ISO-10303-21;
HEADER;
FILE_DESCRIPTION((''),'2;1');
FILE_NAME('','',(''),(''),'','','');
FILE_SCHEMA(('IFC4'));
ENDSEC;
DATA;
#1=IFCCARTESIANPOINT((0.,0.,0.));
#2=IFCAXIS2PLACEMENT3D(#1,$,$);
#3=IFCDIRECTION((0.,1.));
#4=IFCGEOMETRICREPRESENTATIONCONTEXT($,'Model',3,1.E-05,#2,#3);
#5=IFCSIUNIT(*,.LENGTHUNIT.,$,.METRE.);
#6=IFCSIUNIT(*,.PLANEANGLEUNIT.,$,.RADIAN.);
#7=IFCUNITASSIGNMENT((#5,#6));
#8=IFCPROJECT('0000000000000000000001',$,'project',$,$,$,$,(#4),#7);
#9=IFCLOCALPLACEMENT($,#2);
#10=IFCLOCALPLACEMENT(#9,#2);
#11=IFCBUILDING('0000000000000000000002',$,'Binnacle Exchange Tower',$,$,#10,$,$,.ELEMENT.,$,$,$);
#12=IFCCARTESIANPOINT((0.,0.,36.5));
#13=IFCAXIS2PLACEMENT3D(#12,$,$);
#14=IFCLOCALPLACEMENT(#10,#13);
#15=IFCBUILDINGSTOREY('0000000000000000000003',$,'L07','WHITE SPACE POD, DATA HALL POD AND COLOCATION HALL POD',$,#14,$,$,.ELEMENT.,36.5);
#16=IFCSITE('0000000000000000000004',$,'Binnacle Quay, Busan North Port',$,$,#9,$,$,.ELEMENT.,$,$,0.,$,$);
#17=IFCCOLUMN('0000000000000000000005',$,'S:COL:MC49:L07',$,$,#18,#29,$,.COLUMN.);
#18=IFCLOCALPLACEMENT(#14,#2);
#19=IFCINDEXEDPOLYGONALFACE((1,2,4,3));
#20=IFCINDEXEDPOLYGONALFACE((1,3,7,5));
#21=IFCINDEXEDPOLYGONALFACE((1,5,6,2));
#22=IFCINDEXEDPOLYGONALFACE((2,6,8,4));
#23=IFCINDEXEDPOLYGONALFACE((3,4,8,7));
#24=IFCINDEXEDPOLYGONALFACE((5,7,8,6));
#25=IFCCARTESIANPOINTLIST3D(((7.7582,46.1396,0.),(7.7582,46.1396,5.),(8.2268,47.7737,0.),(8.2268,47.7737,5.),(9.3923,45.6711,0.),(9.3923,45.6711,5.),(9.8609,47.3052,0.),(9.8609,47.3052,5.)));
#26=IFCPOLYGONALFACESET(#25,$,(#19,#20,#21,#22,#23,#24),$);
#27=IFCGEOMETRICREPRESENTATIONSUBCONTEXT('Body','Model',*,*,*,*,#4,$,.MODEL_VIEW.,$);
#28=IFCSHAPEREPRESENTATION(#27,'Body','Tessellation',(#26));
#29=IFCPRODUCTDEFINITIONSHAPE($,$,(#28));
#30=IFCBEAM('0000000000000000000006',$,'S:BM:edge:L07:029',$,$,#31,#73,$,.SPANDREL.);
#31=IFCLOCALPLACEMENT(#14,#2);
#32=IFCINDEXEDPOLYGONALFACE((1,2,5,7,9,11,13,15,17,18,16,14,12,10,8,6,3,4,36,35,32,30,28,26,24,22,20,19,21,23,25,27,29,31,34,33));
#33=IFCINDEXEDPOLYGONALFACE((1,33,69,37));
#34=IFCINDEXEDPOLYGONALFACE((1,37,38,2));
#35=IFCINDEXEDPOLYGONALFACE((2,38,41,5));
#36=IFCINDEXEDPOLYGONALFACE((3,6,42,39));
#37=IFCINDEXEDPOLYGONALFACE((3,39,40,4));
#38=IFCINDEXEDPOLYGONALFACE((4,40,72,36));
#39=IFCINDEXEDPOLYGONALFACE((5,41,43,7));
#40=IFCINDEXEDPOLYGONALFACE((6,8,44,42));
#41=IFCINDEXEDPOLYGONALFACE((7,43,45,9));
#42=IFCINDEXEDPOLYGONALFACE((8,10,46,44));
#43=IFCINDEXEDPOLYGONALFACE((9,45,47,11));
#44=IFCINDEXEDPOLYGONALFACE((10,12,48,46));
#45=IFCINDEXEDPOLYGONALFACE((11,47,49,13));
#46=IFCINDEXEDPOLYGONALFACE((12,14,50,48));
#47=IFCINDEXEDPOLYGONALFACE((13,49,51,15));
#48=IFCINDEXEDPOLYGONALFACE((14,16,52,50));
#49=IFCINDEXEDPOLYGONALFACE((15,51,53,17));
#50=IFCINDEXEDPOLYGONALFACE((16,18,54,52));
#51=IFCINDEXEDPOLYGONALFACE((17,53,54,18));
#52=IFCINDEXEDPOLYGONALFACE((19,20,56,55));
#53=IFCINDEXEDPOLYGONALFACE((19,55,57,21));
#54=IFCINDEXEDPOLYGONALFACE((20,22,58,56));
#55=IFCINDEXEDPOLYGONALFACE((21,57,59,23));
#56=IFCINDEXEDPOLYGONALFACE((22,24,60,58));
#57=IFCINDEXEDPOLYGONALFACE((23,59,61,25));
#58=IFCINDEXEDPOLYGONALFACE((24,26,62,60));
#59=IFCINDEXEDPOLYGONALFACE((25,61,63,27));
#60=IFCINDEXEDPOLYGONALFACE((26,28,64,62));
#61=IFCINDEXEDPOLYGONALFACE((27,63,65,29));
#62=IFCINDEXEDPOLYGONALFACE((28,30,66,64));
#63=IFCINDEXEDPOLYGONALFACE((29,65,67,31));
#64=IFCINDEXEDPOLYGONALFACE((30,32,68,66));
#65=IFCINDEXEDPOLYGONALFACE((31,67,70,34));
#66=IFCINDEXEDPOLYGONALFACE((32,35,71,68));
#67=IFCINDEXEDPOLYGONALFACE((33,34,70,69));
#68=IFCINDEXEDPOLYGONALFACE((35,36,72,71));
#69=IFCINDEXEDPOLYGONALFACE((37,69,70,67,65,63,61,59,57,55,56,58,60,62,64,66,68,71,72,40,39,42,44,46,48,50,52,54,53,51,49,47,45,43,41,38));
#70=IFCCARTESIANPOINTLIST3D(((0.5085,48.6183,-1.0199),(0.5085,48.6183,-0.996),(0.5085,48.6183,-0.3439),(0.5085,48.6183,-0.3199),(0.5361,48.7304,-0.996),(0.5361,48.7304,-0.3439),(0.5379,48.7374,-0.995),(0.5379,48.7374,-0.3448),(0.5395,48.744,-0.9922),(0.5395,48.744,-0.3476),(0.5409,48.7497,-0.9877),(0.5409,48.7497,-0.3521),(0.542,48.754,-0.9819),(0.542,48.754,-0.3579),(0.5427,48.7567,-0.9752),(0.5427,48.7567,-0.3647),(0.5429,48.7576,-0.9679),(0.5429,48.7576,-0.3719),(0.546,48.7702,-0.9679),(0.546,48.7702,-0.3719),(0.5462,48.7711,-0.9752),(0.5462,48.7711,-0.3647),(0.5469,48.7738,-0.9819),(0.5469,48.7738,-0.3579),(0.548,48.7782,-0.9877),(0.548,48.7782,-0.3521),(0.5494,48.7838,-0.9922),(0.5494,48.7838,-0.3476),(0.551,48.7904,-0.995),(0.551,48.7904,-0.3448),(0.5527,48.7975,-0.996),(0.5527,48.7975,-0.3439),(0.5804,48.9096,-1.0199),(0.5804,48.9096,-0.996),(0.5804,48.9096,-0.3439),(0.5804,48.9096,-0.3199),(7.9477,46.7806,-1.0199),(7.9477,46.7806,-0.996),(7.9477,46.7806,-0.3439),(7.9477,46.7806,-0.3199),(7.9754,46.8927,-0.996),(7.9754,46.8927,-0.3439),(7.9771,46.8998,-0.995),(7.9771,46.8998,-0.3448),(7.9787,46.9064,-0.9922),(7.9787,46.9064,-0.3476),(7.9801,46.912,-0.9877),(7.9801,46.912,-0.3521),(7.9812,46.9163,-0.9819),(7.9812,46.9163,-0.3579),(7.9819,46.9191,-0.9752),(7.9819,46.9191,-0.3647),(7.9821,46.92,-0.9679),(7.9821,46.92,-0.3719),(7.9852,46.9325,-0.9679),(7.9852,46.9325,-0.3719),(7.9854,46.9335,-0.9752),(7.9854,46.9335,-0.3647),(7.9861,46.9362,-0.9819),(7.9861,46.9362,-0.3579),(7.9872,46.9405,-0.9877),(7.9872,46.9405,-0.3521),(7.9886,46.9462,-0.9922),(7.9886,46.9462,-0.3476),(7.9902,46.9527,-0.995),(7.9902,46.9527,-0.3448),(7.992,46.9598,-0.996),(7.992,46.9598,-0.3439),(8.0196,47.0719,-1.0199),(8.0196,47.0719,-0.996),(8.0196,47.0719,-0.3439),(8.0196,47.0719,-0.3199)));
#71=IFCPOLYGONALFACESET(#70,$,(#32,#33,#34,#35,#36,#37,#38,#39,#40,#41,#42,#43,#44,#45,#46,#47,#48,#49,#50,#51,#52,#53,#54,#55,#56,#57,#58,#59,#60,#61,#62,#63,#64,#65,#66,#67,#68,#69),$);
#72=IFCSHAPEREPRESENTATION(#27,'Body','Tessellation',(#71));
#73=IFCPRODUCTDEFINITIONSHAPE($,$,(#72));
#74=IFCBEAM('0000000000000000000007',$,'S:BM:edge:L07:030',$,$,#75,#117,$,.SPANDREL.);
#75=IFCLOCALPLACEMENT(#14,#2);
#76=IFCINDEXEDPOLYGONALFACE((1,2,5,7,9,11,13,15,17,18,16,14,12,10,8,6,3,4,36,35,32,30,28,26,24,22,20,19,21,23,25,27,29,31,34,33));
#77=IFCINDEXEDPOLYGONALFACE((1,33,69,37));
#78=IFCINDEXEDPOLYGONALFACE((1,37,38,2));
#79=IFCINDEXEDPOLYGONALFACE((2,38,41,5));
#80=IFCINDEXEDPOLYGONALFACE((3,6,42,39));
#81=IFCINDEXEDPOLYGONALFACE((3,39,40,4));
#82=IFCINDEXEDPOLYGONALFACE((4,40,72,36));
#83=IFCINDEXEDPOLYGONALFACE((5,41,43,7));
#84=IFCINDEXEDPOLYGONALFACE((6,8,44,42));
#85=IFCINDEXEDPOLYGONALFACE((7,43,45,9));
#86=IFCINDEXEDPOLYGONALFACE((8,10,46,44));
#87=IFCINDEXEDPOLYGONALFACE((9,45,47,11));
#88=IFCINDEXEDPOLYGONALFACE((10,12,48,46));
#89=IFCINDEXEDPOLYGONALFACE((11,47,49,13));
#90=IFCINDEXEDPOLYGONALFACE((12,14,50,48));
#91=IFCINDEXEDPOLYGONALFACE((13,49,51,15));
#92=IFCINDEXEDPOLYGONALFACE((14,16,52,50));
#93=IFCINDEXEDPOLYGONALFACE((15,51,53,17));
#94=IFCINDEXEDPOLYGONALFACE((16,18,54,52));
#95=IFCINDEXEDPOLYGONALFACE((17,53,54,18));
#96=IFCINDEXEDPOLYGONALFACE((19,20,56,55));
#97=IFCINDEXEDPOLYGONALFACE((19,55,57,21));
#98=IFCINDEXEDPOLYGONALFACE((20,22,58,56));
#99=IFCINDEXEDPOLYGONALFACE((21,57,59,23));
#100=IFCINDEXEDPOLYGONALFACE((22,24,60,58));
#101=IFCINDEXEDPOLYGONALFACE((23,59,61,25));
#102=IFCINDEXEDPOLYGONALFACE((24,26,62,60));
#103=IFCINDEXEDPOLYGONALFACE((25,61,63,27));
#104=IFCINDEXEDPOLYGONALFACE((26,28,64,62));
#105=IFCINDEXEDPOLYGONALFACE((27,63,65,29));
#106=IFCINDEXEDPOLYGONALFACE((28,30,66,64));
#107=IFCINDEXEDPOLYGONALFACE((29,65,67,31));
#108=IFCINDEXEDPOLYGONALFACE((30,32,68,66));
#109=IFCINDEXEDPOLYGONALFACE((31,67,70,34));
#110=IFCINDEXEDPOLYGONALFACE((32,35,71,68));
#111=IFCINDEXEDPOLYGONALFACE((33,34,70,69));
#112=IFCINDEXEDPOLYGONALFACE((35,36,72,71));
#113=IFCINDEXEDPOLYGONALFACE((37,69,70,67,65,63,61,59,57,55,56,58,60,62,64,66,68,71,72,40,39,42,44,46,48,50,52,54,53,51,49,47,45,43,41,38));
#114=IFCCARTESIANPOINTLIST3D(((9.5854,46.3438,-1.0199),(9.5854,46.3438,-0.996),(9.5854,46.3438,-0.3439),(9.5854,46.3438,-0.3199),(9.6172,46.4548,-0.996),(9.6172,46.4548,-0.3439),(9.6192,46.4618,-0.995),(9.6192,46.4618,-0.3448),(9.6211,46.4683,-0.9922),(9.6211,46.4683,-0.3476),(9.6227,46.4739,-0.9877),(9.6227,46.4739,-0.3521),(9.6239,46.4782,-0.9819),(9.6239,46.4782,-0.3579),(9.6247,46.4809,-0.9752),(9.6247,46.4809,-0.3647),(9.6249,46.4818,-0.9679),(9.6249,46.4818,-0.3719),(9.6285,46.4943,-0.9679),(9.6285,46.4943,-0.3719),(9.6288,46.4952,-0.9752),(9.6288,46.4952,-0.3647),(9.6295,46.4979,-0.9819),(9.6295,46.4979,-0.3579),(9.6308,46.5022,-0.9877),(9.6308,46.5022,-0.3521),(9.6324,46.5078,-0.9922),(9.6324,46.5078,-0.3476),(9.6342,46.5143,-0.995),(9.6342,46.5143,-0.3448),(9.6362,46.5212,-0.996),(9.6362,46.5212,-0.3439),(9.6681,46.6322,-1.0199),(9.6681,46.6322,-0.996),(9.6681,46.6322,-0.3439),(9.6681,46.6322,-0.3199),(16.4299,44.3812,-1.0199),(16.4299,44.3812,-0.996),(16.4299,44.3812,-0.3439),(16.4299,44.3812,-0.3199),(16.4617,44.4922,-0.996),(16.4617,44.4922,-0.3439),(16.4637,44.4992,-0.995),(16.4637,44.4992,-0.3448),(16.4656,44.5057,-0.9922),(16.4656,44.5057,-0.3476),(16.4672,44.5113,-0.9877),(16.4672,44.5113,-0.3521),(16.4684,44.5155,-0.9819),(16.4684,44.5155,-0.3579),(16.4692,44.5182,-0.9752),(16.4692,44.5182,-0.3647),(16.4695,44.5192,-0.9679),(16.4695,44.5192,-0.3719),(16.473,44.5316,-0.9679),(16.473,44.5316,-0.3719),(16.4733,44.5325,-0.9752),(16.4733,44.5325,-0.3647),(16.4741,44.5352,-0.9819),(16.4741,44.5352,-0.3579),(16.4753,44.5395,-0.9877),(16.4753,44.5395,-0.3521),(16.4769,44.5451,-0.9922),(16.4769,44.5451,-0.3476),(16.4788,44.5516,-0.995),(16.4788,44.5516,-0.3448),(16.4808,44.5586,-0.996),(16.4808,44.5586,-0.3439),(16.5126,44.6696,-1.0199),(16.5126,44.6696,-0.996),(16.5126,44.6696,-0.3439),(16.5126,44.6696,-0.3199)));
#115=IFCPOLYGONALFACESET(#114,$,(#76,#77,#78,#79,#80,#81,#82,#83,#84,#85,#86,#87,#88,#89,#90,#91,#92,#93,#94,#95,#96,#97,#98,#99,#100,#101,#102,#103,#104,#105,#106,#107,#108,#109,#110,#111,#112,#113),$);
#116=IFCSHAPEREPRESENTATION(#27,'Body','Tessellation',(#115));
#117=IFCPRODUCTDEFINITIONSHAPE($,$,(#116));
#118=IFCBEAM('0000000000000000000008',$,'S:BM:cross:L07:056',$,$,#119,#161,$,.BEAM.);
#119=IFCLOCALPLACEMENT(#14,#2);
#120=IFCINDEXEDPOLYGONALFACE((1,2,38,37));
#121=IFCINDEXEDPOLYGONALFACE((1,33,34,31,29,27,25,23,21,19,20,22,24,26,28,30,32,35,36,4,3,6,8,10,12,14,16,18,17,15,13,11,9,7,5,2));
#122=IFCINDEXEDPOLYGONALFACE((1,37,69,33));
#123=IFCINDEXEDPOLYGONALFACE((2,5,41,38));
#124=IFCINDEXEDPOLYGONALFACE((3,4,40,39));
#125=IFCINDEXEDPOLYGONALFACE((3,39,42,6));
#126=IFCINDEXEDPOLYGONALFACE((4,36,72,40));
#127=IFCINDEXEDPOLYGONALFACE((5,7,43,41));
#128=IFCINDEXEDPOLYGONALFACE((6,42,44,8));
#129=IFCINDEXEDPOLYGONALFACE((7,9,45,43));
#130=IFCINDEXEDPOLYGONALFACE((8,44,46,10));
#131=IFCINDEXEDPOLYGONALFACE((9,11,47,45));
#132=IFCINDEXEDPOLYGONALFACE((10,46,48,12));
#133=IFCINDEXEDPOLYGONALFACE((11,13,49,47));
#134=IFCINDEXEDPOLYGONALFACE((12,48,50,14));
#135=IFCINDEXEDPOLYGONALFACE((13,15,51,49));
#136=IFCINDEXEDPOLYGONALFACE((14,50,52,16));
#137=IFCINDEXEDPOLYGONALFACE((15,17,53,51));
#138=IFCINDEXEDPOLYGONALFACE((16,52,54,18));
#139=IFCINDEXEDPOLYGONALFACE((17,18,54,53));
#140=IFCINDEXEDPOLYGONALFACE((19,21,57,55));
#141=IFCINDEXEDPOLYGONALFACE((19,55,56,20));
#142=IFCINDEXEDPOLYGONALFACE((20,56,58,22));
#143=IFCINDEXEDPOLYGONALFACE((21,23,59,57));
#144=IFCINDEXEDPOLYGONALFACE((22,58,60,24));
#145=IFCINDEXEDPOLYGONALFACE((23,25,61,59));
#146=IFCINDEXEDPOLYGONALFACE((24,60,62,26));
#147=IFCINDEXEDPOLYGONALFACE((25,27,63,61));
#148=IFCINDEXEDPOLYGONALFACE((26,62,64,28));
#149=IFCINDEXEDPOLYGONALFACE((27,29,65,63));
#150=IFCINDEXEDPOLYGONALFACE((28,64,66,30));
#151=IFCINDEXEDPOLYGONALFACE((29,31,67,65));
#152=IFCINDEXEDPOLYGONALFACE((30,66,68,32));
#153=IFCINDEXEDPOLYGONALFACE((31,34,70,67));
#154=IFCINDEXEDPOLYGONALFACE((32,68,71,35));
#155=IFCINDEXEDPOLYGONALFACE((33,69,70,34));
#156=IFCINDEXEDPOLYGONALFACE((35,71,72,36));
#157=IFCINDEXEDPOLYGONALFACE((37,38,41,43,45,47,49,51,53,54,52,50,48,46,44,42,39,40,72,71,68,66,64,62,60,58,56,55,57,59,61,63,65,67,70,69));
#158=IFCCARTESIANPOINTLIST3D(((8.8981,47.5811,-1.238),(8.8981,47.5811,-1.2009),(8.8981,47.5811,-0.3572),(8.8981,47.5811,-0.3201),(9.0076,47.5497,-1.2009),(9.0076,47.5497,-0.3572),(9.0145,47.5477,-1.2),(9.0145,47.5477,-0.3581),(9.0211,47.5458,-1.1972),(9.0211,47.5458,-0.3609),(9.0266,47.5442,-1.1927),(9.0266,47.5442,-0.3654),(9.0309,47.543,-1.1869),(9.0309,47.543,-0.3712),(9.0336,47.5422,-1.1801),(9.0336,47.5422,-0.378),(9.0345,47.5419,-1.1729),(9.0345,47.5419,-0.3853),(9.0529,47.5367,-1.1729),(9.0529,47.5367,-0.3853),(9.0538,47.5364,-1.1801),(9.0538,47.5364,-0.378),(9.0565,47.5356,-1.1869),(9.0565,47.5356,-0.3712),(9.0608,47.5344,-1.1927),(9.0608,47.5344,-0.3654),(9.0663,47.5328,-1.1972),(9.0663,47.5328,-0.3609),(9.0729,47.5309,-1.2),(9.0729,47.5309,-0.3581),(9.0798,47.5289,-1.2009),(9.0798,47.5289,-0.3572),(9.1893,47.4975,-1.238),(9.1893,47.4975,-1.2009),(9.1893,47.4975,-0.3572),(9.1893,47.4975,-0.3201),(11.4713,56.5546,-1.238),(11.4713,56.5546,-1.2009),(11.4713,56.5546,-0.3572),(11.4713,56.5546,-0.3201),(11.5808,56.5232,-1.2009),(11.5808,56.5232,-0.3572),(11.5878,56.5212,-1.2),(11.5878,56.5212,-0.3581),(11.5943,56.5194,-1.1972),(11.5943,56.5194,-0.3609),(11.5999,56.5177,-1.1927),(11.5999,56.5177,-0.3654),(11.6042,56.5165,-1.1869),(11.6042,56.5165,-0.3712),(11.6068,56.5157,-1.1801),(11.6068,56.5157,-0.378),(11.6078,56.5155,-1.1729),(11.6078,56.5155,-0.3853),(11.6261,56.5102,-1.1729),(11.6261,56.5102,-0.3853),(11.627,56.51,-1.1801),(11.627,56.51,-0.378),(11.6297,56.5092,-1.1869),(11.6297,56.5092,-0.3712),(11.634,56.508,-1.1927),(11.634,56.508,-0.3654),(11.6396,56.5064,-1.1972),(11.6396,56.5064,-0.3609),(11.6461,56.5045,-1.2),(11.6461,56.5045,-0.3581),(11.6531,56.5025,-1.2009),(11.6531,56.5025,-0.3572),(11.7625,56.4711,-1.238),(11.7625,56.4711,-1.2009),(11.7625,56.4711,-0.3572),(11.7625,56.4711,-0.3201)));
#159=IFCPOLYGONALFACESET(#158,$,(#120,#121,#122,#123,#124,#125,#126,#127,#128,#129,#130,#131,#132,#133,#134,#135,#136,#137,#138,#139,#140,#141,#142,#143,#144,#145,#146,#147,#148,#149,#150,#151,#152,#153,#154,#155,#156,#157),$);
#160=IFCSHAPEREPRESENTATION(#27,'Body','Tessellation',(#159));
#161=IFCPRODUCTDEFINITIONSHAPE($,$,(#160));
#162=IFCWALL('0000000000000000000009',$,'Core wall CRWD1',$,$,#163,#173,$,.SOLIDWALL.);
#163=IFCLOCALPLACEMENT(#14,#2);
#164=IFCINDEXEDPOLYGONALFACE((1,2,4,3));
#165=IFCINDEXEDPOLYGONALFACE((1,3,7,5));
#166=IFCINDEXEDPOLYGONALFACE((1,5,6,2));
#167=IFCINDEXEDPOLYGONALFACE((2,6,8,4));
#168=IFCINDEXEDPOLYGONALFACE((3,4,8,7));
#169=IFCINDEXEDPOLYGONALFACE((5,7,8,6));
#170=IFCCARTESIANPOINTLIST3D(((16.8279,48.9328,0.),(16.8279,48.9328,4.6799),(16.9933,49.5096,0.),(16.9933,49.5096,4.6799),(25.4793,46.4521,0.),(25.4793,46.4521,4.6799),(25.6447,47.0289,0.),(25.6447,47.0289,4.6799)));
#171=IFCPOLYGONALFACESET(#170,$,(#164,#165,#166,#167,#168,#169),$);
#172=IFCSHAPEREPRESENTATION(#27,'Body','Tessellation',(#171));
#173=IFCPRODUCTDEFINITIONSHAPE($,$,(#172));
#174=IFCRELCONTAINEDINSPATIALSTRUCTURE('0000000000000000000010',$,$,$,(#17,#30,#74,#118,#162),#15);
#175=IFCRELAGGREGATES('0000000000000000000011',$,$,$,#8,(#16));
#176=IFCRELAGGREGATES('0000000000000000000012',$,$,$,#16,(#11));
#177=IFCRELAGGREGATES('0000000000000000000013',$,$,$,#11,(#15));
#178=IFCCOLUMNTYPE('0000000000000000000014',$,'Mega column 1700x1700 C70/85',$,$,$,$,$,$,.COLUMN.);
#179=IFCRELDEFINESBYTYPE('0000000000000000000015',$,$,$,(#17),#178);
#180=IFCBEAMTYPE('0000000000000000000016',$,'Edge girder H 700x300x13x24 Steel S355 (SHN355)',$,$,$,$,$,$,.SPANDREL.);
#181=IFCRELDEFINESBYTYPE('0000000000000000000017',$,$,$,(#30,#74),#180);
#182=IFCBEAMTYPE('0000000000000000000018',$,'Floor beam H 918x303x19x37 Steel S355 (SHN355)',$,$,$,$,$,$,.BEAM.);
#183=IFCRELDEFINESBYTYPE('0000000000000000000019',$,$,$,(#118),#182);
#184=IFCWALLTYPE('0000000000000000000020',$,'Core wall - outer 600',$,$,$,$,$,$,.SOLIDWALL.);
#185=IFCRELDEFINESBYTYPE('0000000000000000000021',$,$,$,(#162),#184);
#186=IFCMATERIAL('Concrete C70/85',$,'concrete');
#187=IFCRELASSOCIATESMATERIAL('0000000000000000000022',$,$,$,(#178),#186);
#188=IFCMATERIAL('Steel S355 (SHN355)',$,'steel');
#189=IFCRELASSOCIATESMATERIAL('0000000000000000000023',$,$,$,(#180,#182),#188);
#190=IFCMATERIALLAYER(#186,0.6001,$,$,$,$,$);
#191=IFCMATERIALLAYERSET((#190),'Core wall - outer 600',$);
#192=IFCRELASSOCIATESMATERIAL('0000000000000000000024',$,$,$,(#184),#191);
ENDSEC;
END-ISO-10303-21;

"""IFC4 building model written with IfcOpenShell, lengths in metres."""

from ifc_helpers import new_model, si_unit, direction, frame, frame_2d, origin, origin_2d, place, context, subcontext, project, spatial, rectangle, i_section, extrude, material, layer, layer_set, material_profile, profile_set, type_object, element, save


model = new_model("IFC4")

# Units and contexts
model_context = context("Model", 3, precision=1e-05, world=origin(), true_north=direction((0.0, 1.0)))
body_context = subcontext(model_context, "Body", "Model", "MODEL_VIEW")
ifc_project = project(units=[si_unit("LENGTHUNIT", "METRE"), si_unit("PLANEANGLEUNIT", "RADIAN")], contexts=[model_context])

# Site, building, storey
site_placement = place(None, origin())
site = spatial("IfcSite", under=ifc_project, at=site_placement, Name="Binnacle Quay, Busan North Port", CompositionType="ELEMENT", RefElevation=0.0)
building_placement = place(site_placement, origin())
building = spatial("IfcBuilding", under=site, at=building_placement, Name="Binnacle Exchange Tower", CompositionType="ELEMENT")
storey_placement = place(building_placement, frame((0.0, 0.0, 36.5)))
storey = spatial("IfcBuildingStorey", under=building, at=storey_placement, Name="L07", Description="WHITE SPACE POD, DATA HALL POD AND COLOCATION HALL POD", CompositionType="ELEMENT", Elevation=36.5)

# Column
ifc_material_1 = material(Name="Concrete C70/85", Category="concrete")
ifc_material_profile_1 = material_profile(ifc_material_1, rectangle(XDim=1.7, YDim=1.7, at=origin_2d()), Name="Mega column 1700x1700 C70/85")
ifc_profile_set_1 = profile_set([ifc_material_profile_1], Name="Concrete C70/85")
column_type = type_object("IfcColumnType", Name="Mega column 1700x1700 C70/85", PredefinedType="COLUMN", material=ifc_profile_set_1)
column_placement = place(storey_placement, frame((8.8096, 46.7224, 0.0), z_axis=(0.0, 0.0, 1.0), x_axis=(0.961262, -0.275637, 0.0)))
element("IfcColumn", 1, at=column_placement, inside=storey, type_object=column_type, Name="S:COL:MC49:L07", PredefinedType="COLUMN", context=body_context, shape_type="SweptSolid", body=[
    extrude(rectangle(XDim=1.7, YDim=1.7, at=origin_2d()), origin(), (0.0, 0.0, 1.0), 5.0),
])

# Beams
ifc_material_2 = material(Name="Steel S355 (SHN355)", Category="steel")
ifc_material_profile_2 = material_profile(ifc_material_2, i_section(OverallWidth=0.3, OverallDepth=0.7, WebThickness=0.0129, FlangeThickness=0.0239, FilletRadius=0.0281, at=origin_2d()), Name="H 700x300x13x24")
ifc_profile_set_2 = profile_set([ifc_material_profile_2], Name="Steel S355 (SHN355)")
beam_type_1 = type_object("IfcBeamType", Name="Edge girder H 700x300x13x24 Steel S355 (SHN355)", PredefinedType="SPANDREL", material=ifc_profile_set_2)
beam_1_placement = place(storey_placement, frame((0.5444, 48.7639, -0.6699), z_axis=(0.970819, -0.239813, 0.0), x_axis=(0.239813, 0.970819, 0.0)))
element("IfcBeam", 2, at=beam_1_placement, inside=storey, type_object=beam_type_1, Name="S:BM:edge:L07:029", PredefinedType="SPANDREL", context=body_context, shape_type="SweptSolid", body=[
    extrude(i_section(OverallWidth=0.3, OverallDepth=0.7, WebThickness=0.0129, FlangeThickness=0.0239, FilletRadius=0.0281, at=origin_2d()), origin(), (0.0, 0.0, 1.0), 7.6628),
])
beam_2_placement = place(storey_placement, frame((9.6267, 46.488, -0.6699), z_axis=(0.961261, -0.27564, 0.0), x_axis=(0.27564, 0.961261, 0.0)))
element("IfcBeam", 3, at=beam_2_placement, inside=storey, type_object=beam_type_1, Name="S:BM:edge:L07:030", PredefinedType="SPANDREL", context=body_context, shape_type="SweptSolid", body=[
    extrude(i_section(OverallWidth=0.3, OverallDepth=0.7, WebThickness=0.0129, FlangeThickness=0.0239, FilletRadius=0.0281, at=origin_2d()), origin(), (0.0, 0.0, 1.0), 7.1204),
])
ifc_material_profile_3 = material_profile(ifc_material_2, i_section(OverallWidth=0.303, OverallDepth=0.918, WebThickness=0.019, FlangeThickness=0.0371, FilletRadius=0.0281, at=origin_2d()), Name="H 918x303x19x37")
ifc_profile_set_3 = profile_set([ifc_material_profile_3], Name="Steel S355 (SHN355)")
beam_type_2 = type_object("IfcBeamType", Name="Floor beam H 918x303x19x37 Steel S355 (SHN355)", PredefinedType="BEAM", material=ifc_profile_set_3)
beam_3_placement = place(storey_placement, frame((9.0437, 47.5393, -0.7791), z_axis=(0.275647, 0.961259, 0.0), x_axis=(-0.961259, 0.275647, 0.0)))
element("IfcBeam", 4, at=beam_3_placement, inside=storey, type_object=beam_type_2, Name="S:BM:cross:L07:056", PredefinedType="BEAM", context=body_context, shape_type="SweptSolid", body=[
    extrude(i_section(OverallWidth=0.303, OverallDepth=0.918, WebThickness=0.019, FlangeThickness=0.0371, FilletRadius=0.0281, at=origin_2d()), origin(), (0.0, 0.0, 1.0), 9.3352),
])

# Wall
ifc_layer_1 = layer(ifc_material_1, 0.6001)
ifc_layer_set_1 = layer_set([ifc_layer_1], Name="Core wall - outer 600")
wall_type_1 = type_object("IfcWallType", Name="Core wall - outer 600", PredefinedType="SOLIDWALL", material=ifc_layer_set_1)
wall_1_placement = place(storey_placement, frame((16.9106, 49.2212, 0.0), z_axis=(0.0, 0.0, 1.0), x_axis=(0.961262, -0.275635, 0.0)))
element("IfcWall", 5, at=wall_1_placement, inside=storey, type_object=wall_type_1, Name="Core wall CRWD1", PredefinedType="SOLIDWALL", context=body_context, shape_type="SweptSolid", body=[
    extrude(rectangle(XDim=9.0, YDim=0.6001, at=frame_2d((4.5, 0.0))), origin(), (0.0, 0.0, 1.0), 4.6799),
])

save(model, "model.ifc")
